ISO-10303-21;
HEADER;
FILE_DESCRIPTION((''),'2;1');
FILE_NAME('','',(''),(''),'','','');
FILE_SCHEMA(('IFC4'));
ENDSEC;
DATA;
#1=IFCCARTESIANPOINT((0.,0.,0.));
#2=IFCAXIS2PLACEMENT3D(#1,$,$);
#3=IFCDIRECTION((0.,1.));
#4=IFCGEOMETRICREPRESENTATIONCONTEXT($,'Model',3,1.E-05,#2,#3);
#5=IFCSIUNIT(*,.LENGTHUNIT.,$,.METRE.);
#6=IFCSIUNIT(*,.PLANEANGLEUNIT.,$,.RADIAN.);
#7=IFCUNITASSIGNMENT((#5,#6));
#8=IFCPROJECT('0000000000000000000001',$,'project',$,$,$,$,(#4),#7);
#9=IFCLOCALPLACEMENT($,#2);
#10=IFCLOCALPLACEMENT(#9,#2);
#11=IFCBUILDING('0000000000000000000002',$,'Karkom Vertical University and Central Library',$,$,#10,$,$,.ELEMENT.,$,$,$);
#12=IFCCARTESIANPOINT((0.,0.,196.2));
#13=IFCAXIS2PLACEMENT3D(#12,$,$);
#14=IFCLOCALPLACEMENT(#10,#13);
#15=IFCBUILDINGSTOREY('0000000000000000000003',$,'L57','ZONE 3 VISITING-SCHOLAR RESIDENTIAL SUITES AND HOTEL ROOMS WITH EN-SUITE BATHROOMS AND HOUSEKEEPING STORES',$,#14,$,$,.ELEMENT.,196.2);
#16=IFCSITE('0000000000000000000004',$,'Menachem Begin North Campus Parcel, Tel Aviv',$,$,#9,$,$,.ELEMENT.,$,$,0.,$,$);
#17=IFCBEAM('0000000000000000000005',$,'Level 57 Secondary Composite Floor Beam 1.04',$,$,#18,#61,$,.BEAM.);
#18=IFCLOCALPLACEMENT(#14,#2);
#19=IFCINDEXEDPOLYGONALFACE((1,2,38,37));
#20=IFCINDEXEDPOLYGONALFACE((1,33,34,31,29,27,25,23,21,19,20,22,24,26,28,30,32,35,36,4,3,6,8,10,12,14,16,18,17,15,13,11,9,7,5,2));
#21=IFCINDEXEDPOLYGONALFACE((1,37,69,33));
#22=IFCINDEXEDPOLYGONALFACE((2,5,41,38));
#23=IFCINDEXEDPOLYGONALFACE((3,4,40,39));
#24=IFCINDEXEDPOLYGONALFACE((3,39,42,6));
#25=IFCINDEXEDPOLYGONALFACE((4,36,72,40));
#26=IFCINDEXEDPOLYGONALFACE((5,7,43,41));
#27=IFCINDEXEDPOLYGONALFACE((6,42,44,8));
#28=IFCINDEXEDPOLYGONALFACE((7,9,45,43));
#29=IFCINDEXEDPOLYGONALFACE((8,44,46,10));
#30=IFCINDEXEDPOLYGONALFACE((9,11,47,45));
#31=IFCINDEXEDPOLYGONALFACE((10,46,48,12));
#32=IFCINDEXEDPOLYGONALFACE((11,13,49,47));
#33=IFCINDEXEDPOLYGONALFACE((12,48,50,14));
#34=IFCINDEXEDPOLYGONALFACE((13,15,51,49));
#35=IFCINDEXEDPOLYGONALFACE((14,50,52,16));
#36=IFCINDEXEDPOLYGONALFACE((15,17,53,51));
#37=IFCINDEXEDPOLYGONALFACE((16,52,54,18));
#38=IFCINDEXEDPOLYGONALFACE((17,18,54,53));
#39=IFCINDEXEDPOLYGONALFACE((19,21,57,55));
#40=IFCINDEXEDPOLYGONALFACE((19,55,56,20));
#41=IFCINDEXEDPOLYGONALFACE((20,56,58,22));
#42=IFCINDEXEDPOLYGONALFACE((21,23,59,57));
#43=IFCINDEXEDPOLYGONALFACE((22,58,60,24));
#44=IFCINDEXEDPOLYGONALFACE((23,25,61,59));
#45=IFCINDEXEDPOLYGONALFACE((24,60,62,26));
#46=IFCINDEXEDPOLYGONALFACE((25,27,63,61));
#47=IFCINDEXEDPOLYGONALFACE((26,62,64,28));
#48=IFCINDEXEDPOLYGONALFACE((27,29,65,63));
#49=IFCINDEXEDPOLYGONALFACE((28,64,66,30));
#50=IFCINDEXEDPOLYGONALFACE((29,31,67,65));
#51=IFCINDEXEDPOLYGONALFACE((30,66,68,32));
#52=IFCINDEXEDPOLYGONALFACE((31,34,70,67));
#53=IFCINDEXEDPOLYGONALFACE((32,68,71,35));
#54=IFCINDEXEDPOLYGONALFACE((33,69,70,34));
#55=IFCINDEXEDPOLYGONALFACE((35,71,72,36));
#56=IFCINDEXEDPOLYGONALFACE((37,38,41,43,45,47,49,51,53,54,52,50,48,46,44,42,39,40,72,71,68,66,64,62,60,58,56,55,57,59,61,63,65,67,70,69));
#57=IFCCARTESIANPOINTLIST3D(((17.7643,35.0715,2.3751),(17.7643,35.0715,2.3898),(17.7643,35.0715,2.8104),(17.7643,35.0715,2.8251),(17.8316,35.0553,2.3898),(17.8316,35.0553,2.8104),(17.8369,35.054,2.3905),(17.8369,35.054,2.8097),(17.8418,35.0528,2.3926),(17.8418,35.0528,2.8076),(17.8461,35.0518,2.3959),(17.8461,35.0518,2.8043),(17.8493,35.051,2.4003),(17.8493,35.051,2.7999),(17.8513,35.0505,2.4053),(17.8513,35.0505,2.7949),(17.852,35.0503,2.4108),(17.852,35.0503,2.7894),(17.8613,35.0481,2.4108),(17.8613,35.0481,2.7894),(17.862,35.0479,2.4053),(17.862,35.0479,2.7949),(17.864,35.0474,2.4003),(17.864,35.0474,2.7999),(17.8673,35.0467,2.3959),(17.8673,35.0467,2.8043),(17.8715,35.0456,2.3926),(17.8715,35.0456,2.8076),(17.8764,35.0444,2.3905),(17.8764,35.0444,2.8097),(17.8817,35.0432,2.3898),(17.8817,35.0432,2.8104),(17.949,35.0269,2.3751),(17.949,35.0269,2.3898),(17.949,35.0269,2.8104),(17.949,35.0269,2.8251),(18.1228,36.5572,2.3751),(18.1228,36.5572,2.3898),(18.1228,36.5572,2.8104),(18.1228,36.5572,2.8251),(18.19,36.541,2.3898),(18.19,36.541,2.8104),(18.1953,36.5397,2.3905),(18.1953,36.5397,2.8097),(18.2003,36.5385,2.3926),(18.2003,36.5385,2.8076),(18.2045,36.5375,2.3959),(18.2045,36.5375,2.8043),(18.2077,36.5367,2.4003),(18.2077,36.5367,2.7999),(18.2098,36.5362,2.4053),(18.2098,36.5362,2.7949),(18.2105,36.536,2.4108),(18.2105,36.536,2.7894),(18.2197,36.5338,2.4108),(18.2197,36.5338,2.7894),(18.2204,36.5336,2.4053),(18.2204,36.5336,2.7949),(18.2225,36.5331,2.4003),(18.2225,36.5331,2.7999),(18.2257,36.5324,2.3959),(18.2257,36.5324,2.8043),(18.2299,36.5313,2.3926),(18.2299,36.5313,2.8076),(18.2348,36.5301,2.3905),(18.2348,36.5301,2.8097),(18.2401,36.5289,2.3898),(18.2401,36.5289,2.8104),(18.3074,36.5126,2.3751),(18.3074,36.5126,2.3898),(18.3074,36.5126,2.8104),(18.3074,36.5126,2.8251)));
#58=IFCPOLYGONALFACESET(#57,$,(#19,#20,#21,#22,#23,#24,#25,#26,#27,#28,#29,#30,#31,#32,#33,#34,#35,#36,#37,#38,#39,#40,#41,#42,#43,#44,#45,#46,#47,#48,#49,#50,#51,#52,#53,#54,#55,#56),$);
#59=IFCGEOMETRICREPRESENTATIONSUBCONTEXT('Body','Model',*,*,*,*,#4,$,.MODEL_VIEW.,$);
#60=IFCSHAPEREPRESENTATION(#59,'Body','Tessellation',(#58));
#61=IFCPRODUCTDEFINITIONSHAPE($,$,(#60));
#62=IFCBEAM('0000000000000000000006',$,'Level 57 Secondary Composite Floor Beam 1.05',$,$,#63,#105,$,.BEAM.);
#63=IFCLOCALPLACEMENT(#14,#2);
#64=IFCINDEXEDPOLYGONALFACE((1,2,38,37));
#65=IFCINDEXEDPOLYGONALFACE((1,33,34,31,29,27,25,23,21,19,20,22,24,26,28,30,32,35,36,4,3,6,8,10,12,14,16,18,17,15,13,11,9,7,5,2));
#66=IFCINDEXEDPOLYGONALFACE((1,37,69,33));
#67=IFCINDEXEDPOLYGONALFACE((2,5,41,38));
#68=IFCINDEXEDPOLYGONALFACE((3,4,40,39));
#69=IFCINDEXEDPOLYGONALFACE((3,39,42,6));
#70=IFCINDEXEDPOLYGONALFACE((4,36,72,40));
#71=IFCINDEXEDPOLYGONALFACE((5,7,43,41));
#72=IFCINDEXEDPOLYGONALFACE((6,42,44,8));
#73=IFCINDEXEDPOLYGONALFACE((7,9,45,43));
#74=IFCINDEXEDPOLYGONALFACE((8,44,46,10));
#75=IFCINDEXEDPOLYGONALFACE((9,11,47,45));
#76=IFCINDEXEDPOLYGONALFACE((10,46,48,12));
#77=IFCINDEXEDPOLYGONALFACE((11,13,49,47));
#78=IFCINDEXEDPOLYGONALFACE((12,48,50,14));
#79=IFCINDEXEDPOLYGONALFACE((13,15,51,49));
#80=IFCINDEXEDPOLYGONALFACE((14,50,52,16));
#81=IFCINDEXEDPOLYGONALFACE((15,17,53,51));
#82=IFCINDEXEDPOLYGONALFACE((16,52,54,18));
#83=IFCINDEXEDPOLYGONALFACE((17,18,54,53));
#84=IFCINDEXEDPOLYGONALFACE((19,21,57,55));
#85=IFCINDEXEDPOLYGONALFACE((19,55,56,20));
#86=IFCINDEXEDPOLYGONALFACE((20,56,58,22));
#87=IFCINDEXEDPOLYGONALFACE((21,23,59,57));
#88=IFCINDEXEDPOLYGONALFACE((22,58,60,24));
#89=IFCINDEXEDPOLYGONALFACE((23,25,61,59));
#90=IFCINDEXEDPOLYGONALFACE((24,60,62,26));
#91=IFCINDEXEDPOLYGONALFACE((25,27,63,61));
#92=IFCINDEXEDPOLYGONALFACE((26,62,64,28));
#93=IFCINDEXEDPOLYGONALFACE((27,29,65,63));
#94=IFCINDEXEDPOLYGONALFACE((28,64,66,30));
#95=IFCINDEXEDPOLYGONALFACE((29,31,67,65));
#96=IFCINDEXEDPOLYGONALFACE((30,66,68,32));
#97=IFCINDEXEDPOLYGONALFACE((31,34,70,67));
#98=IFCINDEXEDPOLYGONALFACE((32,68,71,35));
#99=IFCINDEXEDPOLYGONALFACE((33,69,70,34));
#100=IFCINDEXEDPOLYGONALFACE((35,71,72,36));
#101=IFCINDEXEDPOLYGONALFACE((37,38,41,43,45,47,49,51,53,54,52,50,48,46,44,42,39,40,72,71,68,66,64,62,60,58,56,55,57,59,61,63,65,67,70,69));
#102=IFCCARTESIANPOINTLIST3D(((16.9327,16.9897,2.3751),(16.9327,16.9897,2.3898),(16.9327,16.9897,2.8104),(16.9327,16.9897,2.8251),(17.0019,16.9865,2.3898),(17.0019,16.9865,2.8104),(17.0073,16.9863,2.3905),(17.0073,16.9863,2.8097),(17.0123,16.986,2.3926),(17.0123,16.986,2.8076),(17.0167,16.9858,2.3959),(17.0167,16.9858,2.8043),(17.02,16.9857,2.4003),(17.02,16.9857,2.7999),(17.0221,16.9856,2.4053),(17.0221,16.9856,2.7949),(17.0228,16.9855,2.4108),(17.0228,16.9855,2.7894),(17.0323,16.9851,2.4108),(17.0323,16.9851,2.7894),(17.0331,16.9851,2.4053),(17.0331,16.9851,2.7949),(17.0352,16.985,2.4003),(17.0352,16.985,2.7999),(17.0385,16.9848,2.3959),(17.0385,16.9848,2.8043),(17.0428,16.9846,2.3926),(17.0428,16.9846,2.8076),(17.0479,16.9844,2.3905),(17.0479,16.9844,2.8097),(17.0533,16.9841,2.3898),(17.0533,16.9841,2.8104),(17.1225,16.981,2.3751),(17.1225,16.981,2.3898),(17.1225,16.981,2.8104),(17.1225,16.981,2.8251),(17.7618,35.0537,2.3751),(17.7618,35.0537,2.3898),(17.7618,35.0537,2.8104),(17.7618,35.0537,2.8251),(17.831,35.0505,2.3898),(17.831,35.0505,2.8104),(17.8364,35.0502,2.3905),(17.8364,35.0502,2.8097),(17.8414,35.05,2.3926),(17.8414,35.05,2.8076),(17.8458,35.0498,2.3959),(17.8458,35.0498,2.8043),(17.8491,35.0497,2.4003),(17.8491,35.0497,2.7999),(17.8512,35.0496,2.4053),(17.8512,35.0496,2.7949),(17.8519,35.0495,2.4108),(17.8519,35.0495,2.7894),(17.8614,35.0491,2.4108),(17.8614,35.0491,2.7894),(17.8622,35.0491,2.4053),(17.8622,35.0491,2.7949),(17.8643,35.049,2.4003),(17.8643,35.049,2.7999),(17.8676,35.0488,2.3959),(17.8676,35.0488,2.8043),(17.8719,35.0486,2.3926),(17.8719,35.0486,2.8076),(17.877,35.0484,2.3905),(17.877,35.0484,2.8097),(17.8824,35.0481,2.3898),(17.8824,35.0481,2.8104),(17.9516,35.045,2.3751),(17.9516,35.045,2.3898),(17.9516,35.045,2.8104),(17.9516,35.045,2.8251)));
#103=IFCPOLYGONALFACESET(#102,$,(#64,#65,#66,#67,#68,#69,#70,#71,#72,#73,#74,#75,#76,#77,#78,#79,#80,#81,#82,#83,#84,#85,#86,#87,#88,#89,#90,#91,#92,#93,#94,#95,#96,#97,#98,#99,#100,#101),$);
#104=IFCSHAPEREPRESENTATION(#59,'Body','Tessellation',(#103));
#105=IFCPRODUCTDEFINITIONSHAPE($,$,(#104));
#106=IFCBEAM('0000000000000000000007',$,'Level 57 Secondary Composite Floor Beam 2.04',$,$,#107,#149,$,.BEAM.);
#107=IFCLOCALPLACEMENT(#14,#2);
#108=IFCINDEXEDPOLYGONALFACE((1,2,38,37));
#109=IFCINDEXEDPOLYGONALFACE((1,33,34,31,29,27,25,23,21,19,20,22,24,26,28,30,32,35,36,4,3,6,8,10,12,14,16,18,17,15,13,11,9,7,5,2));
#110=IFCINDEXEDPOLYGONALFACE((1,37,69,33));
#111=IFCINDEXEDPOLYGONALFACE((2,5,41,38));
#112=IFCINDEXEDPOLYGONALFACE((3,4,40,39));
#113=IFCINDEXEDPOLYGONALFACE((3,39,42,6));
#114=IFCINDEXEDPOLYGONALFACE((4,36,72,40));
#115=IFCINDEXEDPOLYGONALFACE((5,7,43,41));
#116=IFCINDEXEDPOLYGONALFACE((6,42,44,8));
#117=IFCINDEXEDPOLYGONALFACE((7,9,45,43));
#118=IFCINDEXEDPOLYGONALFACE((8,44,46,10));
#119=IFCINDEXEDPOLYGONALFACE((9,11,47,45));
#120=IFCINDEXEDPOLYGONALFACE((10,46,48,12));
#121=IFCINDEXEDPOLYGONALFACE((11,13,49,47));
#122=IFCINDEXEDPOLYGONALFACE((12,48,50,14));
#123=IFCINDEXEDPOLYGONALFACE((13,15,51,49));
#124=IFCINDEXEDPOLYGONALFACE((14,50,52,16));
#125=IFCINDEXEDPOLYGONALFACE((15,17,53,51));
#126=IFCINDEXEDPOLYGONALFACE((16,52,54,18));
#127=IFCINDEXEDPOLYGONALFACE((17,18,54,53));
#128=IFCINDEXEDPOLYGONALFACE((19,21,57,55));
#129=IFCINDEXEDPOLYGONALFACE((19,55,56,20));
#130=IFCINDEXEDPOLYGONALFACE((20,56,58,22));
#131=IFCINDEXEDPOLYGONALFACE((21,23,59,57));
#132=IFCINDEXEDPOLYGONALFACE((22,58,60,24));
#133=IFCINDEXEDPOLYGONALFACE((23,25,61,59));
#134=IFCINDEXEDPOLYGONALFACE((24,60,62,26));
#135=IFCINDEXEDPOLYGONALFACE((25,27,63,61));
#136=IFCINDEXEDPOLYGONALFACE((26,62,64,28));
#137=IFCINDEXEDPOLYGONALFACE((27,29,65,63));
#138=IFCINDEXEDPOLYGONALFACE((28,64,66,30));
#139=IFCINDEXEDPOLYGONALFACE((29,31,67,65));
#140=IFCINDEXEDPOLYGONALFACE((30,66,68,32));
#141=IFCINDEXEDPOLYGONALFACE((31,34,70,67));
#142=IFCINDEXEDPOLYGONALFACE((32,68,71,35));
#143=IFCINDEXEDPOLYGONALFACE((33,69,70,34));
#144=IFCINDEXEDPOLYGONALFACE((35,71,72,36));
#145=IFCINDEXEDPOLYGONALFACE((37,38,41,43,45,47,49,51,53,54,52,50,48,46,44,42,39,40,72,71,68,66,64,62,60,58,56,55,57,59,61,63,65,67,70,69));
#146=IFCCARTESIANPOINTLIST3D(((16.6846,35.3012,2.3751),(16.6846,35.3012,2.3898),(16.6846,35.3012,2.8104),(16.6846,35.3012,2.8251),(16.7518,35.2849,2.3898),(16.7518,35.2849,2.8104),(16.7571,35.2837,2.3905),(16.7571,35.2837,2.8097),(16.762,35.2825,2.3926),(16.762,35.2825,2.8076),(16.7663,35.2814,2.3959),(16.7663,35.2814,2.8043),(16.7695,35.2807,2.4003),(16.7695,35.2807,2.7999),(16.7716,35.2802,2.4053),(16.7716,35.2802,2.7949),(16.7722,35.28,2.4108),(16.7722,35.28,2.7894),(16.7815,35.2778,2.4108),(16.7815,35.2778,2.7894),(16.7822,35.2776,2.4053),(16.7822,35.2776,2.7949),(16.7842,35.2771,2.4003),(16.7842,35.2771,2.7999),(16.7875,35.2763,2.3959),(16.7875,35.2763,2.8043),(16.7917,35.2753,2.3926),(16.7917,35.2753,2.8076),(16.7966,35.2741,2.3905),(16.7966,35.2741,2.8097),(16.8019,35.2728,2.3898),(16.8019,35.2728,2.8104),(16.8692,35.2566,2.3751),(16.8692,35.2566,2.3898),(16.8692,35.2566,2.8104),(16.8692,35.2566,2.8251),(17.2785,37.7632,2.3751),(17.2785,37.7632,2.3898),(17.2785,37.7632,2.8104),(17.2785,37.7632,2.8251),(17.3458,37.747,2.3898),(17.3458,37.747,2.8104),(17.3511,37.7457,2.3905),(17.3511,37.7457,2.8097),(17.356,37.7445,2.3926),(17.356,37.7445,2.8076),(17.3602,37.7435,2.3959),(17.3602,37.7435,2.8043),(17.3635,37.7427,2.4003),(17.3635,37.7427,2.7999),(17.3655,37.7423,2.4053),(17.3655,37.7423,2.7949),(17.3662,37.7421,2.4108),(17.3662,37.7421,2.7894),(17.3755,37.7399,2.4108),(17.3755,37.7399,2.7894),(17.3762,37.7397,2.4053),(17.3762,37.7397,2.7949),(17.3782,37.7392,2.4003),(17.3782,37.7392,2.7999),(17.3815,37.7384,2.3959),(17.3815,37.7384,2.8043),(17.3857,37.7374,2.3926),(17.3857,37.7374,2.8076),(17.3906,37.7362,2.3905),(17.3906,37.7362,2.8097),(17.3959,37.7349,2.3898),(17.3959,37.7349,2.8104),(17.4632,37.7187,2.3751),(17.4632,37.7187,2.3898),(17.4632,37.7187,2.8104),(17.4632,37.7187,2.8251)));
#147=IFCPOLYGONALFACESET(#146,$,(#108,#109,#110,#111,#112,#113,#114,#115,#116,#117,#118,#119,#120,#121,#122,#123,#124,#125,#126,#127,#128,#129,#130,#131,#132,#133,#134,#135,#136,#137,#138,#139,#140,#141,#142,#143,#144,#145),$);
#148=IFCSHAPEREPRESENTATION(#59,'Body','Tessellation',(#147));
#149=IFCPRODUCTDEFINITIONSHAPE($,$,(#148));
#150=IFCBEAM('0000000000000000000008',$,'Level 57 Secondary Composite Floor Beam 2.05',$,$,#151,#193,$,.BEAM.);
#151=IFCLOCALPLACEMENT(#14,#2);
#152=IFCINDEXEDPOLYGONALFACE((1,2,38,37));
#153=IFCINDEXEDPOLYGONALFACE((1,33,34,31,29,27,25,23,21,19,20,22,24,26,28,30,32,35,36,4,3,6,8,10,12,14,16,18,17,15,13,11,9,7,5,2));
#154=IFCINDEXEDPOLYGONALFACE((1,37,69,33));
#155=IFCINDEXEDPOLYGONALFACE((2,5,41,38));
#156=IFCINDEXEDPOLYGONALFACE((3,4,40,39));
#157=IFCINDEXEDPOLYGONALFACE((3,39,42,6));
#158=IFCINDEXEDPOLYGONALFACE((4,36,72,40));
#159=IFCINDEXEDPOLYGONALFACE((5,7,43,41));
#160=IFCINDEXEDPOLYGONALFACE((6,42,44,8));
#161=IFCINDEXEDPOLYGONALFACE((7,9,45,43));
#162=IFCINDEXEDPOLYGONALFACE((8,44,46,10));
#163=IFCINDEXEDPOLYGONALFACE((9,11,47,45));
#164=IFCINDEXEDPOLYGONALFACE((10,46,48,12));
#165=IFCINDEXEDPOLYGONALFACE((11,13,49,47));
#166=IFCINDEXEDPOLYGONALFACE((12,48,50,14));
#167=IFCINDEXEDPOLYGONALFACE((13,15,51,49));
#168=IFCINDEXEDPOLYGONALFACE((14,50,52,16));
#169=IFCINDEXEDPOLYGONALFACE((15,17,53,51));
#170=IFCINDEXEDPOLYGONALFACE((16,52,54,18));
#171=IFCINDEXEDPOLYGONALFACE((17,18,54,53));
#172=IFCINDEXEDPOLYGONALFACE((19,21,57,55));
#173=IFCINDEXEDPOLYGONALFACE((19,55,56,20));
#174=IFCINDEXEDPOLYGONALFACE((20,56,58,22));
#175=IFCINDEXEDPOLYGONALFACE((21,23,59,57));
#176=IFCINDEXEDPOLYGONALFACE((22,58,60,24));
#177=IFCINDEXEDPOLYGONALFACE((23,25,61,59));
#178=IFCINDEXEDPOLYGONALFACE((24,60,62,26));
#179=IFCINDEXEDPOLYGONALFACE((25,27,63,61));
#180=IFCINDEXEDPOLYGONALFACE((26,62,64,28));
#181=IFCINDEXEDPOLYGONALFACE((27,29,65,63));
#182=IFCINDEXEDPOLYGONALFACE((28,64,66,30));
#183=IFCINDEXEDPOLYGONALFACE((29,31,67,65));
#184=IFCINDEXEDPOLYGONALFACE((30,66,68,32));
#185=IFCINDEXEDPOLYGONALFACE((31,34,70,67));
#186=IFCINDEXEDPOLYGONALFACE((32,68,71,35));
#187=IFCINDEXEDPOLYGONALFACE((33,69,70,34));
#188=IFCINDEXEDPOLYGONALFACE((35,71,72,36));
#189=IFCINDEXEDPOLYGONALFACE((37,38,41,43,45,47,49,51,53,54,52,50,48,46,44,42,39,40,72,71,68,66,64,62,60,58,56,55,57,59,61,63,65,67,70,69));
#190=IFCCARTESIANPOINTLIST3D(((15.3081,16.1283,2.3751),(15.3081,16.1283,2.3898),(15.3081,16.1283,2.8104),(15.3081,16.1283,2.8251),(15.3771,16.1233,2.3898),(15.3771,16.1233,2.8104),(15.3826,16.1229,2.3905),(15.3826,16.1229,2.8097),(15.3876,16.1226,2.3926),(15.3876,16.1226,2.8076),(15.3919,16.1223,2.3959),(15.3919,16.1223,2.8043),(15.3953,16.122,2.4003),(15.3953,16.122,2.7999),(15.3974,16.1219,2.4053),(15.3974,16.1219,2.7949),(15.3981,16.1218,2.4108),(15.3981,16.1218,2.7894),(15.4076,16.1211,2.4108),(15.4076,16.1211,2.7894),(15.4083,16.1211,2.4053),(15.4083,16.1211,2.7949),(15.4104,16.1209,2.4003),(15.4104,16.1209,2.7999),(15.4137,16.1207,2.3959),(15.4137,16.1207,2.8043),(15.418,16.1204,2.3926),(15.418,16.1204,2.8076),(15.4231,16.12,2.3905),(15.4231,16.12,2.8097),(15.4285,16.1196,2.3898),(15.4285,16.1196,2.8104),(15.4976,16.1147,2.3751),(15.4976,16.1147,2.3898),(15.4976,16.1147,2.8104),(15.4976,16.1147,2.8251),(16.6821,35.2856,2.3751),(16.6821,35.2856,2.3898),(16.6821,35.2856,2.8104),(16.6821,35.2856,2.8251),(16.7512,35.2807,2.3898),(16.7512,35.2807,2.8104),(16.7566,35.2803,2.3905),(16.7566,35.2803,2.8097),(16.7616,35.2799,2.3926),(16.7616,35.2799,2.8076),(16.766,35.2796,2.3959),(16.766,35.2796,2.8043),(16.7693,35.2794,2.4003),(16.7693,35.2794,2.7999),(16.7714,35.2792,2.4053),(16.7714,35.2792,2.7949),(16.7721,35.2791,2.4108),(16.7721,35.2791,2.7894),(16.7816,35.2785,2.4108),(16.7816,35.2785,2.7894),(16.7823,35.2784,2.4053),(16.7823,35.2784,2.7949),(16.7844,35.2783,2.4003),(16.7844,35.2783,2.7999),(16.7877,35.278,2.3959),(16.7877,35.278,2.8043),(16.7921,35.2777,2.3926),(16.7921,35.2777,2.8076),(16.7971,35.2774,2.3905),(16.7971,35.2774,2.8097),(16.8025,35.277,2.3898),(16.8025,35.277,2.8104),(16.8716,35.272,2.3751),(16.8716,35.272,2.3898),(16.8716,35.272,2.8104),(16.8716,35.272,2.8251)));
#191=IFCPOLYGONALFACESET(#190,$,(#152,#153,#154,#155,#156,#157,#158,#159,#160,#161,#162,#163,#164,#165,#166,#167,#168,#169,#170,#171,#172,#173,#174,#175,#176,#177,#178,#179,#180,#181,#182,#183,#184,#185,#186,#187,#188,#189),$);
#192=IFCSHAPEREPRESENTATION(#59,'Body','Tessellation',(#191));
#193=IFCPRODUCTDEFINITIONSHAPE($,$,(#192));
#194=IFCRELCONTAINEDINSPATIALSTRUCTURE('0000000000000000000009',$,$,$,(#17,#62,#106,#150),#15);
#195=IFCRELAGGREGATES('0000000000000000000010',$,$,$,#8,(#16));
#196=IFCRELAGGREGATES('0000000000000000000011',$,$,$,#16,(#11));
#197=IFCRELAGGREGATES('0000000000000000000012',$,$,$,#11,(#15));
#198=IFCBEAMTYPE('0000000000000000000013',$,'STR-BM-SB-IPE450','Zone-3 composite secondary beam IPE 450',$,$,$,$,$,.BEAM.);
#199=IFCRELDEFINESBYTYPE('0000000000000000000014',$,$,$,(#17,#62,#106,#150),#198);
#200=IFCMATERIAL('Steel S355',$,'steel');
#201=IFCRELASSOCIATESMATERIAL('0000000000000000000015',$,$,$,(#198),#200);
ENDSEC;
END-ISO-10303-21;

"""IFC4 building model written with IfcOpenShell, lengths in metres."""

from ifc_helpers import new_model, si_unit, direction, frame, origin, origin_with_axes, origin_2d, place, context, subcontext, project, spatial, i_section, extrude, source, transform, mapped, material, material_profile, profile_set, type_object, element, save


model = new_model("IFC4")

# Units and contexts
model_context = context("Model", 3, precision=1e-05, world=origin(), true_north=direction((0.0, 1.0)))
body_context = subcontext(model_context, "Body", "Model", "MODEL_VIEW")
ifc_project = project(units=[si_unit("LENGTHUNIT", "METRE"), si_unit("PLANEANGLEUNIT", "RADIAN")], contexts=[model_context])

# Site, building, storey
site_placement = place(None, origin())
site = spatial("IfcSite", under=ifc_project, at=site_placement, Name="Menachem Begin North Campus Parcel, Tel Aviv", CompositionType="ELEMENT", RefElevation=0.0)
building_placement = place(site_placement, origin())
building = spatial("IfcBuilding", under=site, at=building_placement, Name="Karkom Vertical University and Central Library", CompositionType="ELEMENT")
storey_placement = place(building_placement, frame((0.0, 0.0, 196.2)))
storey = spatial("IfcBuildingStorey", under=building, at=storey_placement, Name="L57", Description="ZONE 3 VISITING-SCHOLAR RESIDENTIAL SUITES AND HOTEL ROOMS WITH EN-SUITE BATHROOMS AND HOUSEKEEPING STORES", CompositionType="ELEMENT", Elevation=196.2)

# Beams
ifc_material_1 = material(Name="Steel S355", Category="steel")
ifc_material_profile_1 = material_profile(ifc_material_1, i_section(OverallWidth=0.1899, OverallDepth=0.45, WebThickness=0.0095, FlangeThickness=0.0146, FilletRadius=0.021, at=origin_2d()), Name="IPE 450")
ifc_profile_set_1 = profile_set([ifc_material_profile_1], Name="Steel S355")
beam_type_1 = type_object("IfcBeamType", Name="STR-BM-SB-IPE450", Description="Zone-3 composite secondary beam IPE 450", PredefinedType="BEAM", material=ifc_profile_set_1)
shared_shape_1 = source(origin_with_axes(), body_context, "Body", "SweptSolid", [
    extrude(i_section(OverallWidth=0.1899, OverallDepth=0.45, WebThickness=0.0095, FlangeThickness=0.0146, FilletRadius=0.021, at=origin_2d()), origin(), (0.0, 0.0, 1.0), 1.5283),
])
beam_1_placement = place(storey_placement, frame((18.2151, 36.5349, 2.6001), z_axis=(-0.234521, -0.972111, 0.0), x_axis=(0.972111, -0.234521, 0.0)))
element("IfcBeam", 1, at=beam_1_placement, inside=storey, type_object=beam_type_1, Name="Level 57 Secondary Composite Floor Beam 1.04", PredefinedType="BEAM", context=body_context, shape_type="MappedRepresentation", body=[
    mapped(shared_shape_1, transform((0.0, 0.0, 0.0), scale=1.0)),
])
shared_shape_2 = source(origin_with_axes(), body_context, "Body", "SweptSolid", [
    extrude(i_section(OverallWidth=0.1899, OverallDepth=0.45, WebThickness=0.0095, FlangeThickness=0.0146, FilletRadius=0.021, at=origin_2d()), origin(), (0.0, 0.0, 1.0), 18.083),
])
beam_2_placement = place(storey_placement, frame((17.8567, 35.0493, 2.6001), z_axis=(-0.04585, -0.998948, 0.0), x_axis=(0.998948, -0.04585, 0.0)))
element("IfcBeam", 2, at=beam_2_placement, inside=storey, type_object=beam_type_1, Name="Level 57 Secondary Composite Floor Beam 1.05", PredefinedType="BEAM", context=body_context, shape_type="MappedRepresentation", body=[
    mapped(shared_shape_2, transform((0.0, 0.0, 0.0), scale=1.0)),
])
shared_shape_3 = source(origin_with_axes(), body_context, "Body", "SweptSolid", [
    extrude(i_section(OverallWidth=0.1899, OverallDepth=0.45, WebThickness=0.0095, FlangeThickness=0.0146, FilletRadius=0.021, at=origin_2d()), origin(), (0.0, 0.0, 1.0), 2.5327),
])
beam_3_placement = place(storey_placement, frame((17.3708, 37.741, 2.6001), z_axis=(-0.234521, -0.972111, 0.0), x_axis=(0.972111, -0.234521, 0.0)))
element("IfcBeam", 3, at=beam_3_placement, inside=storey, type_object=beam_type_1, Name="Level 57 Secondary Composite Floor Beam 2.04", PredefinedType="BEAM", context=body_context, shape_type="MappedRepresentation", body=[
    mapped(shared_shape_3, transform((0.0, 0.0, 0.0), scale=1.0)),
])
shared_shape_4 = source(origin_with_axes(), body_context, "Body", "SweptSolid", [
    extrude(i_section(OverallWidth=0.1899, OverallDepth=0.45, WebThickness=0.0095, FlangeThickness=0.0146, FilletRadius=0.021, at=origin_2d()), origin(), (0.0, 0.0, 1.0), 19.2065),
])
beam_4_placement = place(storey_placement, frame((16.7769, 35.2788, 2.6001), z_axis=(-0.07154, -0.997438, 0.0), x_axis=(0.997438, -0.07154, 0.0)))
element("IfcBeam", 4, at=beam_4_placement, inside=storey, type_object=beam_type_1, Name="Level 57 Secondary Composite Floor Beam 2.05", PredefinedType="BEAM", context=body_context, shape_type="MappedRepresentation", body=[
    mapped(shared_shape_4, transform((0.0, 0.0, 0.0), scale=1.0)),
])

save(model, "model.ifc")
